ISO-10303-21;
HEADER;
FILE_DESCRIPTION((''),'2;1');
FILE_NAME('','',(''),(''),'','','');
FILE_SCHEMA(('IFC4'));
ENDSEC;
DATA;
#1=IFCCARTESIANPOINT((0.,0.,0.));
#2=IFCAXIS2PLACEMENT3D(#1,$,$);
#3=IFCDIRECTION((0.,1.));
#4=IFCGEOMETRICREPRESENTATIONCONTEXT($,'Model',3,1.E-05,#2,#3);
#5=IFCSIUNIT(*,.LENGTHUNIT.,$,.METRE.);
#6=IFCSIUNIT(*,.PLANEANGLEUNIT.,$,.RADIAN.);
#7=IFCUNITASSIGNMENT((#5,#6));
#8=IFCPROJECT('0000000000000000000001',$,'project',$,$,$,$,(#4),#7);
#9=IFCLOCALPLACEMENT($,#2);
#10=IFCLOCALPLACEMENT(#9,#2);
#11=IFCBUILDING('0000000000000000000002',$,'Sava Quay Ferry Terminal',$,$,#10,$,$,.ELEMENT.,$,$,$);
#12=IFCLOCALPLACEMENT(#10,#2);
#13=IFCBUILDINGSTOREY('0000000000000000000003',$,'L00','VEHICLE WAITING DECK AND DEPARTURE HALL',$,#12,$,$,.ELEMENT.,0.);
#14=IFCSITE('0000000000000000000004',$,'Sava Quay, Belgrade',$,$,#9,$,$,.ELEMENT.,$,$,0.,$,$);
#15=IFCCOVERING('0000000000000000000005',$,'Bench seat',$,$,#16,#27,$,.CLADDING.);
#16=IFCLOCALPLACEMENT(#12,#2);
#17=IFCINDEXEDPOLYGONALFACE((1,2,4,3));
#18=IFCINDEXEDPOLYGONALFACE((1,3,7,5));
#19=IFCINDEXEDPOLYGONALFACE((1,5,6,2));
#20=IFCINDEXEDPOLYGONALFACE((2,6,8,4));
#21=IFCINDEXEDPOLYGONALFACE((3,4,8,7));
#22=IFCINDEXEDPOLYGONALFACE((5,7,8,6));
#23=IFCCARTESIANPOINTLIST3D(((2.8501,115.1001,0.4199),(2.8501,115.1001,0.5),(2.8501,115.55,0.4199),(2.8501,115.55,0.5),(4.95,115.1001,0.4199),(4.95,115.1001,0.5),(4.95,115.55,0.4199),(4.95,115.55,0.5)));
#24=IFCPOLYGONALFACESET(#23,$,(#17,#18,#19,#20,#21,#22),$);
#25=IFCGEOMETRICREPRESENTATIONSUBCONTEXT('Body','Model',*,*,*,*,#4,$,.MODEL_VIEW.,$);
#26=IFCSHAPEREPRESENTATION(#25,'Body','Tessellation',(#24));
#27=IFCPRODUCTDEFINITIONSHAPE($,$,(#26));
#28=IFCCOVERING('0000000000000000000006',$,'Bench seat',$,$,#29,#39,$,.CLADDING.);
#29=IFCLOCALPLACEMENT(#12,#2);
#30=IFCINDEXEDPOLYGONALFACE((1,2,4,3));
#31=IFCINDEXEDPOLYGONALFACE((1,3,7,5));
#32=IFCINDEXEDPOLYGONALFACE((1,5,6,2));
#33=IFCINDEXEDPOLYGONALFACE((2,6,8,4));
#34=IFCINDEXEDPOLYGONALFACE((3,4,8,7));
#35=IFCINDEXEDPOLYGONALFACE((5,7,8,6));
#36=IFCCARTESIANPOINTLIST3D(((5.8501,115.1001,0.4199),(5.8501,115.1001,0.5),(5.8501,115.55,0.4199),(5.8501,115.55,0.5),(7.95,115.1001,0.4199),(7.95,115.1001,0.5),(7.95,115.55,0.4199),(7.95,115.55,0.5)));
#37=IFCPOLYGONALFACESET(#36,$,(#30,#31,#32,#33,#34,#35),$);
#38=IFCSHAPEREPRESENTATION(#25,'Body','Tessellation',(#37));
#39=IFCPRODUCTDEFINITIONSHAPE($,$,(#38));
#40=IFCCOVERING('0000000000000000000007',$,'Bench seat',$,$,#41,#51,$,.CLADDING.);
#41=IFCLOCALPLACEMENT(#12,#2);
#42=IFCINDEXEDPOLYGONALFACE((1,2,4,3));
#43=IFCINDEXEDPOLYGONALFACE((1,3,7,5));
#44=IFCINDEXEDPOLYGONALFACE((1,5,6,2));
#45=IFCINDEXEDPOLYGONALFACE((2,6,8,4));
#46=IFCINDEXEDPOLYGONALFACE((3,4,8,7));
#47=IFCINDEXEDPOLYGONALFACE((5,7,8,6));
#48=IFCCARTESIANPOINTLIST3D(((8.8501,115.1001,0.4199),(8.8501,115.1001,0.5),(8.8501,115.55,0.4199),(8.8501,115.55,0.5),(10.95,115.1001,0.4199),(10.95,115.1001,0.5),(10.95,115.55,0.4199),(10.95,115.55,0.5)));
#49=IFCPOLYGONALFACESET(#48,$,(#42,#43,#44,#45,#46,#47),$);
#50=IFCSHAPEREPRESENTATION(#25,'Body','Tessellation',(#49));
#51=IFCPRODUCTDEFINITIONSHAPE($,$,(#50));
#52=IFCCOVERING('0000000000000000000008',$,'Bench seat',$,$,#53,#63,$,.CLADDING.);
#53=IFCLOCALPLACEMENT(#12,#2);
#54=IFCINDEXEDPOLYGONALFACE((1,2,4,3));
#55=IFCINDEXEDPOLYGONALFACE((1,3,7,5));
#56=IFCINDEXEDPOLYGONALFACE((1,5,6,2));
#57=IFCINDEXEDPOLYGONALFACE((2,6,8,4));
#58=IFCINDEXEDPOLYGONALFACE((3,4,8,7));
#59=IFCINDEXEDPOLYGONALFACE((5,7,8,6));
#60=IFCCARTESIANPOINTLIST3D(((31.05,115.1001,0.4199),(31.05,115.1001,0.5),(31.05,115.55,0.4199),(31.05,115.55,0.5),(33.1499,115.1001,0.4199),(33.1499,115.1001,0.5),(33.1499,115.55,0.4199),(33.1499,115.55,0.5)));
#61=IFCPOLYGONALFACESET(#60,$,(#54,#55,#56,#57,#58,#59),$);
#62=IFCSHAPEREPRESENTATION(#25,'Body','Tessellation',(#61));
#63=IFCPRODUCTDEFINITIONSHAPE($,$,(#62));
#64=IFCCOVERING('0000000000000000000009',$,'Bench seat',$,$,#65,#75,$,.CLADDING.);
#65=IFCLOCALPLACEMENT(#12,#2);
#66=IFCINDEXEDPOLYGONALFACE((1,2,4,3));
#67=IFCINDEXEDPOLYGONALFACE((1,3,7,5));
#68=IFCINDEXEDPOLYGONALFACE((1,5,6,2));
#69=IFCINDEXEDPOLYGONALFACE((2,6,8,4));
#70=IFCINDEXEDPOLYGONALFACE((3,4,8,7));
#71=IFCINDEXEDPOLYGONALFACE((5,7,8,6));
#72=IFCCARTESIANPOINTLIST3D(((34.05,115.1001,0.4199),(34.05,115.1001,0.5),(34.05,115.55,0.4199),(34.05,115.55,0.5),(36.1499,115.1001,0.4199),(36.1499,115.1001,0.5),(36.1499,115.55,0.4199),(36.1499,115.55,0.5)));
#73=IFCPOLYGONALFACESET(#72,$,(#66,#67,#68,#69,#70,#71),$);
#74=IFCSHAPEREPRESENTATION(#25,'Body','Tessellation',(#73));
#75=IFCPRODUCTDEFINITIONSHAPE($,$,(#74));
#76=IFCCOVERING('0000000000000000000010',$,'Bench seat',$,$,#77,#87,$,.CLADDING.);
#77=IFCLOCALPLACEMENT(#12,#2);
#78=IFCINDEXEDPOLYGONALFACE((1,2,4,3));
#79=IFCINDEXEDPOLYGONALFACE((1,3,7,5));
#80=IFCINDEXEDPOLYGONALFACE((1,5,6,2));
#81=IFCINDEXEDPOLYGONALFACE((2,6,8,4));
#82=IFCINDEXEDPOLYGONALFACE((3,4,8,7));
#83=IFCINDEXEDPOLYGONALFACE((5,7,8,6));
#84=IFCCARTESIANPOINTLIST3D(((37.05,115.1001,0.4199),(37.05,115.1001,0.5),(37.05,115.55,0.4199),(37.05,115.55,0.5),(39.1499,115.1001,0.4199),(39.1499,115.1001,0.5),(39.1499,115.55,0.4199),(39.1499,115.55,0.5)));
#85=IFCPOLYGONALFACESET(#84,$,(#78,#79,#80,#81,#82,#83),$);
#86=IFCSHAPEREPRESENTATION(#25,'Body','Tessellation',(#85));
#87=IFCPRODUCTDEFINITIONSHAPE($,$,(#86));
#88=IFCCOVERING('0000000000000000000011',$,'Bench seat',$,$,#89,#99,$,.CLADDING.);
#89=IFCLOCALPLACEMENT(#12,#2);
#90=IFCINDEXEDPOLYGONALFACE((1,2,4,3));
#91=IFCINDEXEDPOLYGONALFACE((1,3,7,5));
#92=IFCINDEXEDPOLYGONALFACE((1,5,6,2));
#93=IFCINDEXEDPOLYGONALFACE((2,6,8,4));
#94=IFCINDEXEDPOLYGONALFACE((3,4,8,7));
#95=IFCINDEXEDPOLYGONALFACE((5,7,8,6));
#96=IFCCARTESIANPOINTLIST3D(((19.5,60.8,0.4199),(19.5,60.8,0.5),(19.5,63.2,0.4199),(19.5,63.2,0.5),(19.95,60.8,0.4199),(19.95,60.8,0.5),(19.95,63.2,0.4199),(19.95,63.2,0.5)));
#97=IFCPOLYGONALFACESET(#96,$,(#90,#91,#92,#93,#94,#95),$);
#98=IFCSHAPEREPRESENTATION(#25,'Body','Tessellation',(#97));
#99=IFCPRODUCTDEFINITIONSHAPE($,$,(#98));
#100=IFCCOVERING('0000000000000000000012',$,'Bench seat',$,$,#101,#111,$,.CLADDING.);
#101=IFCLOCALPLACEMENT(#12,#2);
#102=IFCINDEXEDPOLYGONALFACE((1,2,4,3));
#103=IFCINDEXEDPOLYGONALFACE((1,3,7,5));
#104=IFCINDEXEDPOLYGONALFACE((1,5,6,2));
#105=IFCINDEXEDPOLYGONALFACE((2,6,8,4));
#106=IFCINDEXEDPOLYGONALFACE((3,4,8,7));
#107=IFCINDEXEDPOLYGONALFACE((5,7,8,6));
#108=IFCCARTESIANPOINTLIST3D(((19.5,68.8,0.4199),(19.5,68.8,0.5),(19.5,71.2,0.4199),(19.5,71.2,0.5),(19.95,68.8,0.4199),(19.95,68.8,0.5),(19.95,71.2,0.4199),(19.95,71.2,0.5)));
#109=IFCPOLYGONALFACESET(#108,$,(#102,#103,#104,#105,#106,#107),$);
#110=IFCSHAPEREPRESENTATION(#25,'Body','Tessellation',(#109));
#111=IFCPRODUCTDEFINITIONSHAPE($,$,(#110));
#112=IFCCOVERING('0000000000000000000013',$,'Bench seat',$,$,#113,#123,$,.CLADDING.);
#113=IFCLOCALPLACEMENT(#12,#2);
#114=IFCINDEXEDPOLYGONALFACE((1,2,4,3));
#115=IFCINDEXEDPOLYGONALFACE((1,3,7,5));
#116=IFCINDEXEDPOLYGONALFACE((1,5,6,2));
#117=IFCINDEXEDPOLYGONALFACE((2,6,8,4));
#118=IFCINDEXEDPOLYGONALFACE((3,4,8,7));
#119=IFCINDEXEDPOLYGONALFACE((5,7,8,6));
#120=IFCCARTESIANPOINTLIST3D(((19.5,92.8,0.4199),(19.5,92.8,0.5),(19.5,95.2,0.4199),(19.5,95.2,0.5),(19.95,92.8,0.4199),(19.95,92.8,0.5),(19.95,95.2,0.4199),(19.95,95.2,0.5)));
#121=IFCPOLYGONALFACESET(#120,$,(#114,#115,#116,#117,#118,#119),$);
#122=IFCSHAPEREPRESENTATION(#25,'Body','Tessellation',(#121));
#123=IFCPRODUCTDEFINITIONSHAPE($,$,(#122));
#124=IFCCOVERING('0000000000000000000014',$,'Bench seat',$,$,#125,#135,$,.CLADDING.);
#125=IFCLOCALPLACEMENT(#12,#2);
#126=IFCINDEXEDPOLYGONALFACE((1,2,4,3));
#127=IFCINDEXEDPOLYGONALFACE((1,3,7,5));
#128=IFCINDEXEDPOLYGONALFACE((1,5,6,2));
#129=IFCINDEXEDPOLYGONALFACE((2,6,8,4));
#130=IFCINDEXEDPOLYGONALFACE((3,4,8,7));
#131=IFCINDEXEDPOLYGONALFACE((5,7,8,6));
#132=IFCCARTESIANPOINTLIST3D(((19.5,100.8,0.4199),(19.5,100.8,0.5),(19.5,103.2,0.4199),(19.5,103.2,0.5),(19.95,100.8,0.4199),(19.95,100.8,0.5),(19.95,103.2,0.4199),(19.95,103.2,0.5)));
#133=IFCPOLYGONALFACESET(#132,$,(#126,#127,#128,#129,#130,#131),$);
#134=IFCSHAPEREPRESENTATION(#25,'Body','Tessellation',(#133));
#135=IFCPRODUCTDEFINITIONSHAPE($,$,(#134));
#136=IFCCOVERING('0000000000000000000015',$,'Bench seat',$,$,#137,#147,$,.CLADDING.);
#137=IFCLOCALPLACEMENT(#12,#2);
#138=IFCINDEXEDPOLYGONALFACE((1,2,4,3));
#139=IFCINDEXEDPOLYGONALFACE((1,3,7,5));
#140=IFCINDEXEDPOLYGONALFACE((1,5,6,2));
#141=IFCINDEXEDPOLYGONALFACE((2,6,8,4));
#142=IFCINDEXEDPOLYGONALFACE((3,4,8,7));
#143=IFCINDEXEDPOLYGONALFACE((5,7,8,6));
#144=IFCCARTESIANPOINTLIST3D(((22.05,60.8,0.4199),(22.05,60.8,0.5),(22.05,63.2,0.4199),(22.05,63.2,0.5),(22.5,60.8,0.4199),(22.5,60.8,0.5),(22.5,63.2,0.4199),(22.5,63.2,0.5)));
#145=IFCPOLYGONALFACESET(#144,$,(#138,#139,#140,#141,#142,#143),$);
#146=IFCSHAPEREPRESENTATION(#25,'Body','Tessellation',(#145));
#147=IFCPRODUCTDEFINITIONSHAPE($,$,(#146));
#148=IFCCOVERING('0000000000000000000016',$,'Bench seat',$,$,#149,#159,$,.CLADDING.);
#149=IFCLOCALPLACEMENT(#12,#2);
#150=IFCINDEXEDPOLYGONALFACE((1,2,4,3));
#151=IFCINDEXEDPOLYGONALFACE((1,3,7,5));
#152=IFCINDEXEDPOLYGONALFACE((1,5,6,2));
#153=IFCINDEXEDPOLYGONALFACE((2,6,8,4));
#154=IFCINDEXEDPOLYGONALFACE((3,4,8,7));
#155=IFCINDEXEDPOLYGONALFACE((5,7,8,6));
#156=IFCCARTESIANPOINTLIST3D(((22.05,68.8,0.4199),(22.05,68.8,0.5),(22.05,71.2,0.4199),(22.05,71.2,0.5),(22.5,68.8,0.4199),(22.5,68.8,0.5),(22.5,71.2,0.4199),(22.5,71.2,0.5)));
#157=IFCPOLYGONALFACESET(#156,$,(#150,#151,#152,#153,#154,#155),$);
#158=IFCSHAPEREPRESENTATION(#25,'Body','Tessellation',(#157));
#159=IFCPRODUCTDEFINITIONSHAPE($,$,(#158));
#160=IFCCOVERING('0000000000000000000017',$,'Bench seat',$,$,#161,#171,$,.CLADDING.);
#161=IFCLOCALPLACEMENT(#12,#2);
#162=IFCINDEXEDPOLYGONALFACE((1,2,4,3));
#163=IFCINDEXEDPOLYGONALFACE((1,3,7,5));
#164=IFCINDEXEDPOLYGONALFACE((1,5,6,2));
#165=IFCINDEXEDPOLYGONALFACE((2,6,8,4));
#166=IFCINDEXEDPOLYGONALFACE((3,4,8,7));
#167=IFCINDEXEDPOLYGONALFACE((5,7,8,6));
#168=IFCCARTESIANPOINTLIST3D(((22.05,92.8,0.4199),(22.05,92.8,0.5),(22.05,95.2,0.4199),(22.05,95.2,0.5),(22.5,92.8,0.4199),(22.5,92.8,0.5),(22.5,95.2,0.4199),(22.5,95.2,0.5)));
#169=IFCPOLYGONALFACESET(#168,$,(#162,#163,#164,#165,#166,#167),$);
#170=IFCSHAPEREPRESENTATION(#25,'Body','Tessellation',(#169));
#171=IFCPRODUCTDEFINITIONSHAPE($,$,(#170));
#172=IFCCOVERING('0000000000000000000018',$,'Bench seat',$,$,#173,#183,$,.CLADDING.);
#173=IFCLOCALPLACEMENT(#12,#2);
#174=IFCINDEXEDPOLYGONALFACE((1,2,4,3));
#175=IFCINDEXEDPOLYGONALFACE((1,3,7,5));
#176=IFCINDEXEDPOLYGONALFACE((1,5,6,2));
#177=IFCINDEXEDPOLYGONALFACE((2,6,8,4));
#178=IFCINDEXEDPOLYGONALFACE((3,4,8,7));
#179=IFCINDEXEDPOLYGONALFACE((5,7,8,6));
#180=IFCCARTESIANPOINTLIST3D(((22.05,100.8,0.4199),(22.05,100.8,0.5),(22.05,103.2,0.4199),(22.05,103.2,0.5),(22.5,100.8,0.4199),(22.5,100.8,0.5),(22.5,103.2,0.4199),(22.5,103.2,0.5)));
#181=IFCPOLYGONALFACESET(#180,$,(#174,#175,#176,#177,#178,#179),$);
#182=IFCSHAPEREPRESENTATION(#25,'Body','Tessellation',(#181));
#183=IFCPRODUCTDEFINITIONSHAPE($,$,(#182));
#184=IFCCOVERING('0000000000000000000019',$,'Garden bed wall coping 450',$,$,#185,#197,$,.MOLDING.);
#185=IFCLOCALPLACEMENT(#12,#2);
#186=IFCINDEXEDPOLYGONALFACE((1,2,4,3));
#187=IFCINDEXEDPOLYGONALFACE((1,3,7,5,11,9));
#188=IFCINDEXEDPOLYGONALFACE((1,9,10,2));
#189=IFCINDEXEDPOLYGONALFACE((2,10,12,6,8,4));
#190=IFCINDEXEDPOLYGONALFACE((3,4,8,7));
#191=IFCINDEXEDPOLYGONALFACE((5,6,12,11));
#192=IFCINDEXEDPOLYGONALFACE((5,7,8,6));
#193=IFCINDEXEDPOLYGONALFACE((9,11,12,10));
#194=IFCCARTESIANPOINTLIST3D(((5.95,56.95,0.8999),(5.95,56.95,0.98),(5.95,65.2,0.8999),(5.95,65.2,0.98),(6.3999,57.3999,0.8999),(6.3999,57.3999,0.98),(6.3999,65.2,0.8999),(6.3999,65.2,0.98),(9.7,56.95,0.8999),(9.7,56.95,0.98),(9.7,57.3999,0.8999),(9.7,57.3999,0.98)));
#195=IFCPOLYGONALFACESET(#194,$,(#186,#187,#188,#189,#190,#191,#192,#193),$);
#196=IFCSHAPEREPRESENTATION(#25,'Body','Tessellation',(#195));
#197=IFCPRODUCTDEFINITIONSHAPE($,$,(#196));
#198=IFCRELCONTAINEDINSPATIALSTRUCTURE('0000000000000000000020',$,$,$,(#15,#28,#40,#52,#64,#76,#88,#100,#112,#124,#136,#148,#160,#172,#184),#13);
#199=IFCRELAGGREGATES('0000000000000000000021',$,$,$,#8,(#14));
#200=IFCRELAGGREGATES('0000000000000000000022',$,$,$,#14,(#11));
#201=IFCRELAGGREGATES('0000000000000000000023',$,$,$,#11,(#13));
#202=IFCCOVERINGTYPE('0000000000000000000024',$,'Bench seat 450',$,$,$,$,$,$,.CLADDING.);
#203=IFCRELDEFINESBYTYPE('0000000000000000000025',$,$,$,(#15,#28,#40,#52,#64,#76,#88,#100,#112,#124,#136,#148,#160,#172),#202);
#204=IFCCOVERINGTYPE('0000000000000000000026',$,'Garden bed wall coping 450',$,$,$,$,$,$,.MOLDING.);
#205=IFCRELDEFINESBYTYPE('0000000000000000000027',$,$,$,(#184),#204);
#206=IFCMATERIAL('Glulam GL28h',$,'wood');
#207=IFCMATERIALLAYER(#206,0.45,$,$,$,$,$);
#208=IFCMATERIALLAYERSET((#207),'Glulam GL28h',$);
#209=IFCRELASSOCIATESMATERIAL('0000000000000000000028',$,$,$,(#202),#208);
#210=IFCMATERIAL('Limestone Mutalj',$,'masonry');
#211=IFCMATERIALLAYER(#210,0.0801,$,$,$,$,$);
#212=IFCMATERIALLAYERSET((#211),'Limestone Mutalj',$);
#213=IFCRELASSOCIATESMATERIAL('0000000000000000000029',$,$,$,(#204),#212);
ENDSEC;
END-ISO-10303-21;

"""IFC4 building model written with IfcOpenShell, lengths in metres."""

from ifc_helpers import new_model, si_unit, direction, frame, origin, place, context, subcontext, project, spatial, polyline, outline, extrude, material, layer, layer_set, type_object, element, save


model = new_model("IFC4")

# Units and contexts
model_context = context("Model", 3, precision=1e-05, world=origin(), true_north=direction((0.0, 1.0)))
body_context = subcontext(model_context, "Body", "Model", "MODEL_VIEW")
ifc_project = project(units=[si_unit("LENGTHUNIT", "METRE"), si_unit("PLANEANGLEUNIT", "RADIAN")], contexts=[model_context])

# Site, building, storey
site_placement = place(None, origin())
site = spatial("IfcSite", under=ifc_project, at=site_placement, Name="Sava Quay, Belgrade", CompositionType="ELEMENT", RefElevation=0.0)
building_placement = place(site_placement, origin())
building = spatial("IfcBuilding", under=site, at=building_placement, Name="Sava Quay Ferry Terminal", CompositionType="ELEMENT")
storey_placement = place(building_placement, origin())
storey = spatial("IfcBuildingStorey", under=building, at=storey_placement, Name="L00", Description="VEHICLE WAITING DECK AND DEPARTURE HALL", CompositionType="ELEMENT", Elevation=0.0)

# Coverings
ifc_material_1 = material(Name="Glulam GL28h", Category="wood")
ifc_layer_1 = layer(ifc_material_1, 0.45)
ifc_layer_set_1 = layer_set([ifc_layer_1], Name="Glulam GL28h")
covering_type_1 = type_object("IfcCoveringType", Name="Bench seat 450", PredefinedType="CLADDING", material=ifc_layer_set_1)
covering_1_placement = place(storey_placement, frame((0.0, 0.0, 0.4199)))
element("IfcCovering", 1, at=covering_1_placement, inside=storey, type_object=covering_type_1, Name="Bench seat", PredefinedType="CLADDING", context=body_context, shape_type="SweptSolid", body=[
    extrude(outline(polyline([(4.95, 115.1001), (4.95, 115.55), (2.8501, 115.55), (2.8501, 115.1001), (4.95, 115.1001)])), origin(), (0.0, 0.0, 1.0), 0.0801),
])
covering_2_placement = place(storey_placement, frame((0.0, 0.0, 0.4199)))
element("IfcCovering", 2, at=covering_2_placement, inside=storey, type_object=covering_type_1, Name="Bench seat", PredefinedType="CLADDING", context=body_context, shape_type="SweptSolid", body=[
    extrude(outline(polyline([(7.95, 115.1001), (7.95, 115.55), (5.8501, 115.55), (5.8501, 115.1001), (7.95, 115.1001)])), origin(), (0.0, 0.0, 1.0), 0.0801),
])
covering_3_placement = place(storey_placement, frame((0.0, 0.0, 0.4199)))
element("IfcCovering", 3, at=covering_3_placement, inside=storey, type_object=covering_type_1, Name="Bench seat", PredefinedType="CLADDING", context=body_context, shape_type="SweptSolid", body=[
    extrude(outline(polyline([(10.95, 115.1001), (10.95, 115.55), (8.8501, 115.55), (8.8501, 115.1001), (10.95, 115.1001)])), origin(), (0.0, 0.0, 1.0), 0.0801),
])
covering_4_placement = place(storey_placement, frame((0.0, 0.0, 0.4199)))
element("IfcCovering", 4, at=covering_4_placement, inside=storey, type_object=covering_type_1, Name="Bench seat", PredefinedType="CLADDING", context=body_context, shape_type="SweptSolid", body=[
    extrude(outline(polyline([(33.1499, 115.1001), (33.1499, 115.55), (31.05, 115.55), (31.05, 115.1001), (33.1499, 115.1001)])), origin(), (0.0, 0.0, 1.0), 0.0801),
])
covering_5_placement = place(storey_placement, frame((0.0, 0.0, 0.4199)))
element("IfcCovering", 5, at=covering_5_placement, inside=storey, type_object=covering_type_1, Name="Bench seat", PredefinedType="CLADDING", context=body_context, shape_type="SweptSolid", body=[
    extrude(outline(polyline([(36.1499, 115.1001), (36.1499, 115.55), (34.05, 115.55), (34.05, 115.1001), (36.1499, 115.1001)])), origin(), (0.0, 0.0, 1.0), 0.0801),
])
covering_6_placement = place(storey_placement, frame((0.0, 0.0, 0.4199)))
element("IfcCovering", 6, at=covering_6_placement, inside=storey, type_object=covering_type_1, Name="Bench seat", PredefinedType="CLADDING", context=body_context, shape_type="SweptSolid", body=[
    extrude(outline(polyline([(39.1499, 115.1001), (39.1499, 115.55), (37.05, 115.55), (37.05, 115.1001), (39.1499, 115.1001)])), origin(), (0.0, 0.0, 1.0), 0.0801),
])
covering_7_placement = place(storey_placement, frame((0.0, 0.0, 0.4199)))
element("IfcCovering", 7, at=covering_7_placement, inside=storey, type_object=covering_type_1, Name="Bench seat", PredefinedType="CLADDING", context=body_context, shape_type="SweptSolid", body=[
    extrude(outline(polyline([(19.95, 60.8), (19.95, 63.2), (19.5, 63.2), (19.5, 60.8), (19.95, 60.8)])), origin(), (0.0, 0.0, 1.0), 0.0801),
])
covering_8_placement = place(storey_placement, frame((0.0, 0.0, 0.4199)))
element("IfcCovering", 8, at=covering_8_placement, inside=storey, type_object=covering_type_1, Name="Bench seat", PredefinedType="CLADDING", context=body_context, shape_type="SweptSolid", body=[
    extrude(outline(polyline([(19.95, 68.8), (19.95, 71.2), (19.5, 71.2), (19.5, 68.8), (19.95, 68.8)])), origin(), (0.0, 0.0, 1.0), 0.0801),
])
covering_9_placement = place(storey_placement, frame((0.0, 0.0, 0.4199)))
element("IfcCovering", 9, at=covering_9_placement, inside=storey, type_object=covering_type_1, Name="Bench seat", PredefinedType="CLADDING", context=body_context, shape_type="SweptSolid", body=[
    extrude(outline(polyline([(19.95, 92.8), (19.95, 95.2), (19.5, 95.2), (19.5, 92.8), (19.95, 92.8)])), origin(), (0.0, 0.0, 1.0), 0.0801),
])
covering_10_placement = place(storey_placement, frame((0.0, 0.0, 0.4199)))
element("IfcCovering", 10, at=covering_10_placement, inside=storey, type_object=covering_type_1, Name="Bench seat", PredefinedType="CLADDING", context=body_context, shape_type="SweptSolid", body=[
    extrude(outline(polyline([(19.95, 100.8), (19.95, 103.2), (19.5, 103.2), (19.5, 100.8), (19.95, 100.8)])), origin(), (0.0, 0.0, 1.0), 0.0801),
])
covering_11_placement = place(storey_placement, frame((0.0, 0.0, 0.4199)))
element("IfcCovering", 11, at=covering_11_placement, inside=storey, type_object=covering_type_1, Name="Bench seat", PredefinedType="CLADDING", context=body_context, shape_type="SweptSolid", body=[
    extrude(outline(polyline([(22.5, 60.8), (22.5, 63.2), (22.05, 63.2), (22.05, 60.8), (22.5, 60.8)])), origin(), (0.0, 0.0, 1.0), 0.0801),
])
covering_12_placement = place(storey_placement, frame((0.0, 0.0, 0.4199)))
element("IfcCovering", 12, at=covering_12_placement, inside=storey, type_object=covering_type_1, Name="Bench seat", PredefinedType="CLADDING", context=body_context, shape_type="SweptSolid", body=[
    extrude(outline(polyline([(22.5, 68.8), (22.5, 71.2), (22.05, 71.2), (22.05, 68.8), (22.5, 68.8)])), origin(), (0.0, 0.0, 1.0), 0.0801),
])
covering_13_placement = place(storey_placement, frame((0.0, 0.0, 0.4199)))
element("IfcCovering", 13, at=covering_13_placement, inside=storey, type_object=covering_type_1, Name="Bench seat", PredefinedType="CLADDING", context=body_context, shape_type="SweptSolid", body=[
    extrude(outline(polyline([(22.5, 92.8), (22.5, 95.2), (22.05, 95.2), (22.05, 92.8), (22.5, 92.8)])), origin(), (0.0, 0.0, 1.0), 0.0801),
])
covering_14_placement = place(storey_placement, frame((0.0, 0.0, 0.4199)))
element("IfcCovering", 14, at=covering_14_placement, inside=storey, type_object=covering_type_1, Name="Bench seat", PredefinedType="CLADDING", context=body_context, shape_type="SweptSolid", body=[
    extrude(outline(polyline([(22.5, 100.8), (22.5, 103.2), (22.05, 103.2), (22.05, 100.8), (22.5, 100.8)])), origin(), (0.0, 0.0, 1.0), 0.0801),
])
ifc_material_2 = material(Name="Limestone Mutalj", Category="masonry")
ifc_layer_2 = layer(ifc_material_2, 0.0801)
ifc_layer_set_2 = layer_set([ifc_layer_2], Name="Limestone Mutalj")
covering_type_2 = type_object("IfcCoveringType", Name="Garden bed wall coping 450", PredefinedType="MOLDING", material=ifc_layer_set_2)
covering_15_placement = place(storey_placement, frame((0.0, 0.0, 0.8999)))
element("IfcCovering", 15, at=covering_15_placement, inside=storey, type_object=covering_type_2, Name="Garden bed wall coping 450", PredefinedType="MOLDING", context=body_context, shape_type="SweptSolid", body=[
    extrude(outline(polyline([(6.3999, 57.3999), (6.3999, 65.2), (5.95, 65.2), (5.95, 56.95), (9.7, 56.95), (9.7, 57.3999), (6.3999, 57.3999)])), origin(), (0.0, 0.0, 1.0), 0.0801),
])

save(model, "model.ifc")
